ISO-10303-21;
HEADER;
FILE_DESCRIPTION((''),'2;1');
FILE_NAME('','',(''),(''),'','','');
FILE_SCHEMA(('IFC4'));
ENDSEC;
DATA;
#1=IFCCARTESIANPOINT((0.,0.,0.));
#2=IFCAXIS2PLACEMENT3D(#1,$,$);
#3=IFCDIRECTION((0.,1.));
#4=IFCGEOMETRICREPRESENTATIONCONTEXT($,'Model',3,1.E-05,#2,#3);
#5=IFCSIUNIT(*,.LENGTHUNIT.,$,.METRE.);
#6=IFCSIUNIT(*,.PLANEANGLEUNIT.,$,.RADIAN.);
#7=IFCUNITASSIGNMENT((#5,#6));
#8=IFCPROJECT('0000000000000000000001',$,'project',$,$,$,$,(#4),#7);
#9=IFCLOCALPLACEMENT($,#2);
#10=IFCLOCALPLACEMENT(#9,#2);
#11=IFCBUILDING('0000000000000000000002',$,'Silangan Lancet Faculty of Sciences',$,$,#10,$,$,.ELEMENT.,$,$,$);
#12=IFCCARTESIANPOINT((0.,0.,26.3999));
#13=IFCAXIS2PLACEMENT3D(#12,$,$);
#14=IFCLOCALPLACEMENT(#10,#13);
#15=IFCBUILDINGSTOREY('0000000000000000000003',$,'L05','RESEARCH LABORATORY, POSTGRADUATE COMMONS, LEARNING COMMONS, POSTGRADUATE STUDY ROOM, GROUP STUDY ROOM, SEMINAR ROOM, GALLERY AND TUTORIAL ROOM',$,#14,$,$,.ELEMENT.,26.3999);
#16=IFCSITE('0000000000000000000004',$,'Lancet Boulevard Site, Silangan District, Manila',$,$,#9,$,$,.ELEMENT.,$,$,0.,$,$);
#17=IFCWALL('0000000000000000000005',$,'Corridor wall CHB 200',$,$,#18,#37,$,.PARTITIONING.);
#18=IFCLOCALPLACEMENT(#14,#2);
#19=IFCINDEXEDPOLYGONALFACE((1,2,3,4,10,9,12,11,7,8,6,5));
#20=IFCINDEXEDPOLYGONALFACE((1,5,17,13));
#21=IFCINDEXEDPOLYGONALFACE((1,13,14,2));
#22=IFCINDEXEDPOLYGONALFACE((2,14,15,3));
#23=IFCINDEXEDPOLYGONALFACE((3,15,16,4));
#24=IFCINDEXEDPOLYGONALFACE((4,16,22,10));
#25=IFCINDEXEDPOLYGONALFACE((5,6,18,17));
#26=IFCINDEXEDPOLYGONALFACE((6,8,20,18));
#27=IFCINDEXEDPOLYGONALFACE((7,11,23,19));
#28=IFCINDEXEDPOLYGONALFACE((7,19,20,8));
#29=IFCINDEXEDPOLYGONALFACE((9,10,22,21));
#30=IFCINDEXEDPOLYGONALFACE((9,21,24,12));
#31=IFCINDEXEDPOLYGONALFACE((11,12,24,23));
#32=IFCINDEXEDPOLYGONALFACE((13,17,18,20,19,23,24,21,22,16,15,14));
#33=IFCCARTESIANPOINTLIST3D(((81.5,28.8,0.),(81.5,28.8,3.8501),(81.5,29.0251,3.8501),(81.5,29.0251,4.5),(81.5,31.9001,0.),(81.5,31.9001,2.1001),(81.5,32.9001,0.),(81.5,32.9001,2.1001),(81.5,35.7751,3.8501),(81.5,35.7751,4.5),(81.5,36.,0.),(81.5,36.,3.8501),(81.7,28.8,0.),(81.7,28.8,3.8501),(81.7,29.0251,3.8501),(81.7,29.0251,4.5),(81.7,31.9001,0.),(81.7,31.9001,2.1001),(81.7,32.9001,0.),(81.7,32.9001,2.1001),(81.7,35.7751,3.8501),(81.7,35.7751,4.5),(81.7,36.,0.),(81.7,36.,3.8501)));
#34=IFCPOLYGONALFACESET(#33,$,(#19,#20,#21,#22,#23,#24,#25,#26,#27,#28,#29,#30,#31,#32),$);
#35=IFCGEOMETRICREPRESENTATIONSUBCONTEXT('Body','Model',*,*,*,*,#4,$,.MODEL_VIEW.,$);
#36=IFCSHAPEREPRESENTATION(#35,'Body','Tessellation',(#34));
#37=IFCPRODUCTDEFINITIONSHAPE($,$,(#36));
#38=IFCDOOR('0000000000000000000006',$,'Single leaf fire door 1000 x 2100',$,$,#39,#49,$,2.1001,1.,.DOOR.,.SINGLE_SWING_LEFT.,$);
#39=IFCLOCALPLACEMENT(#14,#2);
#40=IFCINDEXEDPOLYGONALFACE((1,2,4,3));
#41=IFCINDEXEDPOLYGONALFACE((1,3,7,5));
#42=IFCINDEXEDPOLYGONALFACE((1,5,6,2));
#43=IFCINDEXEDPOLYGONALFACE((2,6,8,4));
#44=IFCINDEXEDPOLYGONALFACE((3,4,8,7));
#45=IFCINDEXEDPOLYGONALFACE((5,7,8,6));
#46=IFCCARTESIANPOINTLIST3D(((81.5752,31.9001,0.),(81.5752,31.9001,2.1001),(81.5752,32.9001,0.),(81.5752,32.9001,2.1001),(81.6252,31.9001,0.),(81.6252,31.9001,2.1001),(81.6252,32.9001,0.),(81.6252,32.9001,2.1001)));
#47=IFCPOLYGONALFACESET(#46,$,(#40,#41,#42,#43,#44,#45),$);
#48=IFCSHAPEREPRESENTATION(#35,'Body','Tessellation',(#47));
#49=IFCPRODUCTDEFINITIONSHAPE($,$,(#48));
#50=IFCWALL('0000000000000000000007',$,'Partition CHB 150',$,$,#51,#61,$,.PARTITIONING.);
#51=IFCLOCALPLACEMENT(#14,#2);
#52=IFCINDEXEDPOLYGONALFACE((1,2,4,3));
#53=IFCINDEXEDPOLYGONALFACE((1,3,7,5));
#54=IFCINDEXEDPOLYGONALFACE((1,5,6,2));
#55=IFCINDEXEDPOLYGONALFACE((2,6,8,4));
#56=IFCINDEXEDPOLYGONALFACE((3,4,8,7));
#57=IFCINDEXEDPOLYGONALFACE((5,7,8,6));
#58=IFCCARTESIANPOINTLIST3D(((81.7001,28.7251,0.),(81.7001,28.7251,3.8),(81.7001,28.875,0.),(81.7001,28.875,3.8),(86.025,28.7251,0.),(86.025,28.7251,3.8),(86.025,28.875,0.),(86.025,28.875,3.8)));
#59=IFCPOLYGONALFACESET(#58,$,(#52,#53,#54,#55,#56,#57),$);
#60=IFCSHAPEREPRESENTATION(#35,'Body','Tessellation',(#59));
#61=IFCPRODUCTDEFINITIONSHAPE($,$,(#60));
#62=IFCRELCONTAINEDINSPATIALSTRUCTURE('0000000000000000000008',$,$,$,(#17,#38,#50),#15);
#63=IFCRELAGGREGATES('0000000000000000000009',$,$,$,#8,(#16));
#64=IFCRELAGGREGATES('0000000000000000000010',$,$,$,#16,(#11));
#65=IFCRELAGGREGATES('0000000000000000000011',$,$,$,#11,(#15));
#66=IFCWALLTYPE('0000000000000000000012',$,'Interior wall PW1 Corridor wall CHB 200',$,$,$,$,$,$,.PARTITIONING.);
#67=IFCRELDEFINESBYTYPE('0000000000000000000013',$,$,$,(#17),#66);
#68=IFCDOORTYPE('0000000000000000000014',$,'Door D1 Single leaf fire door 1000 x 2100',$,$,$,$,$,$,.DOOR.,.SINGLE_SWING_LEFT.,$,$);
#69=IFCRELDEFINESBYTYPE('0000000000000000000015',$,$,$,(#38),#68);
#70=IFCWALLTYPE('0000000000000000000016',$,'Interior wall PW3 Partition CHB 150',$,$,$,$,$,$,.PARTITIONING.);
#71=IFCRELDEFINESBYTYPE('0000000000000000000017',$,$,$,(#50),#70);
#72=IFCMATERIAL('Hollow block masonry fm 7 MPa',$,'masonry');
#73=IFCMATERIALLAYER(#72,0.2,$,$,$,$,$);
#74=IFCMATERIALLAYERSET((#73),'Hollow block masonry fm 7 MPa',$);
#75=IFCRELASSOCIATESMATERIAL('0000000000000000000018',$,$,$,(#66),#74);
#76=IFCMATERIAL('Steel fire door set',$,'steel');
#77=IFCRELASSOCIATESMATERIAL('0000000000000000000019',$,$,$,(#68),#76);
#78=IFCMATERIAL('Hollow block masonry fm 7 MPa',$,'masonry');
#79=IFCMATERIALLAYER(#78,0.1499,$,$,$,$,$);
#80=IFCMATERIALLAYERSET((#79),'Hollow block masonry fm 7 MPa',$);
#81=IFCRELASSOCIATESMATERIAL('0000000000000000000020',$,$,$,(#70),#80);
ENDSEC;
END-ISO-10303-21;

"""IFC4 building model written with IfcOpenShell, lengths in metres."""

from ifc_helpers import new_model, si_unit, direction, frame, frame_2d, origin, place, context, subcontext, project, spatial, polyline, rectangle, outline, extrude, material, layer, layer_set, type_object, element, fill, save


model = new_model("IFC4")

# Units and contexts
model_context = context("Model", 3, precision=1e-05, world=origin(), true_north=direction((0.0, 1.0)))
body_context = subcontext(model_context, "Body", "Model", "MODEL_VIEW")
ifc_project = project(units=[si_unit("LENGTHUNIT", "METRE"), si_unit("PLANEANGLEUNIT", "RADIAN")], contexts=[model_context])

# Site, building, storey
site_placement = place(None, origin())
site = spatial("IfcSite", under=ifc_project, at=site_placement, Name="Lancet Boulevard Site, Silangan District, Manila", CompositionType="ELEMENT", RefElevation=0.0)
building_placement = place(site_placement, origin())
building = spatial("IfcBuilding", under=site, at=building_placement, Name="Silangan Lancet Faculty of Sciences", CompositionType="ELEMENT")
storey_placement = place(building_placement, frame((0.0, 0.0, 26.3999)))
storey = spatial("IfcBuildingStorey", under=building, at=storey_placement, Name="L05", Description="RESEARCH LABORATORY, POSTGRADUATE COMMONS, LEARNING COMMONS, POSTGRADUATE STUDY ROOM, GROUP STUDY ROOM, SEMINAR ROOM, GALLERY AND TUTORIAL ROOM", CompositionType="ELEMENT", Elevation=26.3999)

# Wall, opening, door
ifc_material_1 = material(Name="Hollow block masonry fm 7 MPa", Category="masonry")
ifc_layer_1 = layer(ifc_material_1, 0.2)
ifc_layer_set_1 = layer_set([ifc_layer_1], Name="Hollow block masonry fm 7 MPa")
wall_type_1 = type_object("IfcWallType", Name="Interior wall PW1 Corridor wall CHB 200", PredefinedType="PARTITIONING", material=ifc_layer_set_1)
wall_1_placement = place(storey_placement, frame((81.6001, 28.8, 0.0), z_axis=(0.0, 0.0, 1.0), x_axis=(0.0, 1.0, 0.0)))
wall_1 = element("IfcWall", 1, at=wall_1_placement, inside=storey, type_object=wall_type_1, Name="Corridor wall CHB 200", PredefinedType="PARTITIONING", context=body_context, shape_type="SweptSolid", body=[
    extrude(outline(polyline([(0.0, 0.0), (7.2, 0.0), (7.2, 3.8501), (6.9751, 3.8501), (6.9751, 4.5), (0.2251, 4.5), (0.2251, 3.8501), (0.0, 3.8501), (0.0, 0.0)])), frame((0.0, 0.1001, 0.0), z_axis=(0.0, -1.0, 0.0), x_axis=(1.0, 0.0, 0.0)), (0.0, 0.0, 1.0), 0.2),
])
opening_1_placement = place(wall_1_placement, frame((3.1001, 0.0, 0.0)))
opening_1 = element("IfcOpeningElement", 2, at=opening_1_placement, cuts=wall_1, PredefinedType="OPENING", context=body_context, shape_type="SweptSolid", body=[
    extrude(rectangle(XDim=1.0, YDim=2.1001, at=frame_2d((0.5, 1.05))), frame((0.0, 0.1099, 0.0), z_axis=(0.0, -1.0, 0.0), x_axis=(1.0, 0.0, 0.0)), (0.0, 0.0, 1.0), 0.22),
])
ifc_material_2 = material(Name="Steel fire door set", Category="steel")
door_type_1 = type_object("IfcDoorType", Name="Door D1 Single leaf fire door 1000 x 2100", OperationType="SINGLE_SWING_LEFT", PredefinedType="DOOR", material=ifc_material_2)
door_1_placement = place(opening_1_placement, frame((1.0, 0.0, 0.0), z_axis=(0.0, 0.0, 1.0), x_axis=(-1.0, 0.0, 0.0)))
door_1 = element("IfcDoor", 3, at=door_1_placement, inside=storey, type_object=door_type_1, Name="Single leaf fire door 1000 x 2100", OperationType="SINGLE_SWING_LEFT", OverallHeight=2.1001, OverallWidth=1.0, PredefinedType="DOOR", context=body_context, shape_type="SweptSolid", body=[
    extrude(rectangle(XDim=1.0, YDim=2.1001, at=frame_2d((0.5, 1.05))), frame((0.0, 0.0251, 0.0), z_axis=(0.0, -1.0, 0.0), x_axis=(1.0, 0.0, 0.0)), (0.0, 0.0, 1.0), 0.05),
])
fill(opening_1, door_1)

# Wall
ifc_material_3 = material(Name="Hollow block masonry fm 7 MPa", Category="masonry")
ifc_layer_2 = layer(ifc_material_3, 0.1499)
ifc_layer_set_2 = layer_set([ifc_layer_2], Name="Hollow block masonry fm 7 MPa")
wall_type_2 = type_object("IfcWallType", Name="Interior wall PW3 Partition CHB 150", PredefinedType="PARTITIONING", material=ifc_layer_set_2)
wall_2_placement = place(storey_placement, frame((81.7, 28.8, 0.0), z_axis=(0.0, 0.0, 1.0), x_axis=(1.0, 0.0, 0.0)))
element("IfcWall", 4, at=wall_2_placement, inside=storey, type_object=wall_type_2, Name="Partition CHB 150", PredefinedType="PARTITIONING", context=body_context, shape_type="SweptSolid", body=[
    extrude(rectangle(XDim=4.325, YDim=0.1499, at=frame_2d((2.1626, 0.0))), origin(), (0.0, 0.0, 1.0), 3.8),
])

save(model, "model.ifc")
